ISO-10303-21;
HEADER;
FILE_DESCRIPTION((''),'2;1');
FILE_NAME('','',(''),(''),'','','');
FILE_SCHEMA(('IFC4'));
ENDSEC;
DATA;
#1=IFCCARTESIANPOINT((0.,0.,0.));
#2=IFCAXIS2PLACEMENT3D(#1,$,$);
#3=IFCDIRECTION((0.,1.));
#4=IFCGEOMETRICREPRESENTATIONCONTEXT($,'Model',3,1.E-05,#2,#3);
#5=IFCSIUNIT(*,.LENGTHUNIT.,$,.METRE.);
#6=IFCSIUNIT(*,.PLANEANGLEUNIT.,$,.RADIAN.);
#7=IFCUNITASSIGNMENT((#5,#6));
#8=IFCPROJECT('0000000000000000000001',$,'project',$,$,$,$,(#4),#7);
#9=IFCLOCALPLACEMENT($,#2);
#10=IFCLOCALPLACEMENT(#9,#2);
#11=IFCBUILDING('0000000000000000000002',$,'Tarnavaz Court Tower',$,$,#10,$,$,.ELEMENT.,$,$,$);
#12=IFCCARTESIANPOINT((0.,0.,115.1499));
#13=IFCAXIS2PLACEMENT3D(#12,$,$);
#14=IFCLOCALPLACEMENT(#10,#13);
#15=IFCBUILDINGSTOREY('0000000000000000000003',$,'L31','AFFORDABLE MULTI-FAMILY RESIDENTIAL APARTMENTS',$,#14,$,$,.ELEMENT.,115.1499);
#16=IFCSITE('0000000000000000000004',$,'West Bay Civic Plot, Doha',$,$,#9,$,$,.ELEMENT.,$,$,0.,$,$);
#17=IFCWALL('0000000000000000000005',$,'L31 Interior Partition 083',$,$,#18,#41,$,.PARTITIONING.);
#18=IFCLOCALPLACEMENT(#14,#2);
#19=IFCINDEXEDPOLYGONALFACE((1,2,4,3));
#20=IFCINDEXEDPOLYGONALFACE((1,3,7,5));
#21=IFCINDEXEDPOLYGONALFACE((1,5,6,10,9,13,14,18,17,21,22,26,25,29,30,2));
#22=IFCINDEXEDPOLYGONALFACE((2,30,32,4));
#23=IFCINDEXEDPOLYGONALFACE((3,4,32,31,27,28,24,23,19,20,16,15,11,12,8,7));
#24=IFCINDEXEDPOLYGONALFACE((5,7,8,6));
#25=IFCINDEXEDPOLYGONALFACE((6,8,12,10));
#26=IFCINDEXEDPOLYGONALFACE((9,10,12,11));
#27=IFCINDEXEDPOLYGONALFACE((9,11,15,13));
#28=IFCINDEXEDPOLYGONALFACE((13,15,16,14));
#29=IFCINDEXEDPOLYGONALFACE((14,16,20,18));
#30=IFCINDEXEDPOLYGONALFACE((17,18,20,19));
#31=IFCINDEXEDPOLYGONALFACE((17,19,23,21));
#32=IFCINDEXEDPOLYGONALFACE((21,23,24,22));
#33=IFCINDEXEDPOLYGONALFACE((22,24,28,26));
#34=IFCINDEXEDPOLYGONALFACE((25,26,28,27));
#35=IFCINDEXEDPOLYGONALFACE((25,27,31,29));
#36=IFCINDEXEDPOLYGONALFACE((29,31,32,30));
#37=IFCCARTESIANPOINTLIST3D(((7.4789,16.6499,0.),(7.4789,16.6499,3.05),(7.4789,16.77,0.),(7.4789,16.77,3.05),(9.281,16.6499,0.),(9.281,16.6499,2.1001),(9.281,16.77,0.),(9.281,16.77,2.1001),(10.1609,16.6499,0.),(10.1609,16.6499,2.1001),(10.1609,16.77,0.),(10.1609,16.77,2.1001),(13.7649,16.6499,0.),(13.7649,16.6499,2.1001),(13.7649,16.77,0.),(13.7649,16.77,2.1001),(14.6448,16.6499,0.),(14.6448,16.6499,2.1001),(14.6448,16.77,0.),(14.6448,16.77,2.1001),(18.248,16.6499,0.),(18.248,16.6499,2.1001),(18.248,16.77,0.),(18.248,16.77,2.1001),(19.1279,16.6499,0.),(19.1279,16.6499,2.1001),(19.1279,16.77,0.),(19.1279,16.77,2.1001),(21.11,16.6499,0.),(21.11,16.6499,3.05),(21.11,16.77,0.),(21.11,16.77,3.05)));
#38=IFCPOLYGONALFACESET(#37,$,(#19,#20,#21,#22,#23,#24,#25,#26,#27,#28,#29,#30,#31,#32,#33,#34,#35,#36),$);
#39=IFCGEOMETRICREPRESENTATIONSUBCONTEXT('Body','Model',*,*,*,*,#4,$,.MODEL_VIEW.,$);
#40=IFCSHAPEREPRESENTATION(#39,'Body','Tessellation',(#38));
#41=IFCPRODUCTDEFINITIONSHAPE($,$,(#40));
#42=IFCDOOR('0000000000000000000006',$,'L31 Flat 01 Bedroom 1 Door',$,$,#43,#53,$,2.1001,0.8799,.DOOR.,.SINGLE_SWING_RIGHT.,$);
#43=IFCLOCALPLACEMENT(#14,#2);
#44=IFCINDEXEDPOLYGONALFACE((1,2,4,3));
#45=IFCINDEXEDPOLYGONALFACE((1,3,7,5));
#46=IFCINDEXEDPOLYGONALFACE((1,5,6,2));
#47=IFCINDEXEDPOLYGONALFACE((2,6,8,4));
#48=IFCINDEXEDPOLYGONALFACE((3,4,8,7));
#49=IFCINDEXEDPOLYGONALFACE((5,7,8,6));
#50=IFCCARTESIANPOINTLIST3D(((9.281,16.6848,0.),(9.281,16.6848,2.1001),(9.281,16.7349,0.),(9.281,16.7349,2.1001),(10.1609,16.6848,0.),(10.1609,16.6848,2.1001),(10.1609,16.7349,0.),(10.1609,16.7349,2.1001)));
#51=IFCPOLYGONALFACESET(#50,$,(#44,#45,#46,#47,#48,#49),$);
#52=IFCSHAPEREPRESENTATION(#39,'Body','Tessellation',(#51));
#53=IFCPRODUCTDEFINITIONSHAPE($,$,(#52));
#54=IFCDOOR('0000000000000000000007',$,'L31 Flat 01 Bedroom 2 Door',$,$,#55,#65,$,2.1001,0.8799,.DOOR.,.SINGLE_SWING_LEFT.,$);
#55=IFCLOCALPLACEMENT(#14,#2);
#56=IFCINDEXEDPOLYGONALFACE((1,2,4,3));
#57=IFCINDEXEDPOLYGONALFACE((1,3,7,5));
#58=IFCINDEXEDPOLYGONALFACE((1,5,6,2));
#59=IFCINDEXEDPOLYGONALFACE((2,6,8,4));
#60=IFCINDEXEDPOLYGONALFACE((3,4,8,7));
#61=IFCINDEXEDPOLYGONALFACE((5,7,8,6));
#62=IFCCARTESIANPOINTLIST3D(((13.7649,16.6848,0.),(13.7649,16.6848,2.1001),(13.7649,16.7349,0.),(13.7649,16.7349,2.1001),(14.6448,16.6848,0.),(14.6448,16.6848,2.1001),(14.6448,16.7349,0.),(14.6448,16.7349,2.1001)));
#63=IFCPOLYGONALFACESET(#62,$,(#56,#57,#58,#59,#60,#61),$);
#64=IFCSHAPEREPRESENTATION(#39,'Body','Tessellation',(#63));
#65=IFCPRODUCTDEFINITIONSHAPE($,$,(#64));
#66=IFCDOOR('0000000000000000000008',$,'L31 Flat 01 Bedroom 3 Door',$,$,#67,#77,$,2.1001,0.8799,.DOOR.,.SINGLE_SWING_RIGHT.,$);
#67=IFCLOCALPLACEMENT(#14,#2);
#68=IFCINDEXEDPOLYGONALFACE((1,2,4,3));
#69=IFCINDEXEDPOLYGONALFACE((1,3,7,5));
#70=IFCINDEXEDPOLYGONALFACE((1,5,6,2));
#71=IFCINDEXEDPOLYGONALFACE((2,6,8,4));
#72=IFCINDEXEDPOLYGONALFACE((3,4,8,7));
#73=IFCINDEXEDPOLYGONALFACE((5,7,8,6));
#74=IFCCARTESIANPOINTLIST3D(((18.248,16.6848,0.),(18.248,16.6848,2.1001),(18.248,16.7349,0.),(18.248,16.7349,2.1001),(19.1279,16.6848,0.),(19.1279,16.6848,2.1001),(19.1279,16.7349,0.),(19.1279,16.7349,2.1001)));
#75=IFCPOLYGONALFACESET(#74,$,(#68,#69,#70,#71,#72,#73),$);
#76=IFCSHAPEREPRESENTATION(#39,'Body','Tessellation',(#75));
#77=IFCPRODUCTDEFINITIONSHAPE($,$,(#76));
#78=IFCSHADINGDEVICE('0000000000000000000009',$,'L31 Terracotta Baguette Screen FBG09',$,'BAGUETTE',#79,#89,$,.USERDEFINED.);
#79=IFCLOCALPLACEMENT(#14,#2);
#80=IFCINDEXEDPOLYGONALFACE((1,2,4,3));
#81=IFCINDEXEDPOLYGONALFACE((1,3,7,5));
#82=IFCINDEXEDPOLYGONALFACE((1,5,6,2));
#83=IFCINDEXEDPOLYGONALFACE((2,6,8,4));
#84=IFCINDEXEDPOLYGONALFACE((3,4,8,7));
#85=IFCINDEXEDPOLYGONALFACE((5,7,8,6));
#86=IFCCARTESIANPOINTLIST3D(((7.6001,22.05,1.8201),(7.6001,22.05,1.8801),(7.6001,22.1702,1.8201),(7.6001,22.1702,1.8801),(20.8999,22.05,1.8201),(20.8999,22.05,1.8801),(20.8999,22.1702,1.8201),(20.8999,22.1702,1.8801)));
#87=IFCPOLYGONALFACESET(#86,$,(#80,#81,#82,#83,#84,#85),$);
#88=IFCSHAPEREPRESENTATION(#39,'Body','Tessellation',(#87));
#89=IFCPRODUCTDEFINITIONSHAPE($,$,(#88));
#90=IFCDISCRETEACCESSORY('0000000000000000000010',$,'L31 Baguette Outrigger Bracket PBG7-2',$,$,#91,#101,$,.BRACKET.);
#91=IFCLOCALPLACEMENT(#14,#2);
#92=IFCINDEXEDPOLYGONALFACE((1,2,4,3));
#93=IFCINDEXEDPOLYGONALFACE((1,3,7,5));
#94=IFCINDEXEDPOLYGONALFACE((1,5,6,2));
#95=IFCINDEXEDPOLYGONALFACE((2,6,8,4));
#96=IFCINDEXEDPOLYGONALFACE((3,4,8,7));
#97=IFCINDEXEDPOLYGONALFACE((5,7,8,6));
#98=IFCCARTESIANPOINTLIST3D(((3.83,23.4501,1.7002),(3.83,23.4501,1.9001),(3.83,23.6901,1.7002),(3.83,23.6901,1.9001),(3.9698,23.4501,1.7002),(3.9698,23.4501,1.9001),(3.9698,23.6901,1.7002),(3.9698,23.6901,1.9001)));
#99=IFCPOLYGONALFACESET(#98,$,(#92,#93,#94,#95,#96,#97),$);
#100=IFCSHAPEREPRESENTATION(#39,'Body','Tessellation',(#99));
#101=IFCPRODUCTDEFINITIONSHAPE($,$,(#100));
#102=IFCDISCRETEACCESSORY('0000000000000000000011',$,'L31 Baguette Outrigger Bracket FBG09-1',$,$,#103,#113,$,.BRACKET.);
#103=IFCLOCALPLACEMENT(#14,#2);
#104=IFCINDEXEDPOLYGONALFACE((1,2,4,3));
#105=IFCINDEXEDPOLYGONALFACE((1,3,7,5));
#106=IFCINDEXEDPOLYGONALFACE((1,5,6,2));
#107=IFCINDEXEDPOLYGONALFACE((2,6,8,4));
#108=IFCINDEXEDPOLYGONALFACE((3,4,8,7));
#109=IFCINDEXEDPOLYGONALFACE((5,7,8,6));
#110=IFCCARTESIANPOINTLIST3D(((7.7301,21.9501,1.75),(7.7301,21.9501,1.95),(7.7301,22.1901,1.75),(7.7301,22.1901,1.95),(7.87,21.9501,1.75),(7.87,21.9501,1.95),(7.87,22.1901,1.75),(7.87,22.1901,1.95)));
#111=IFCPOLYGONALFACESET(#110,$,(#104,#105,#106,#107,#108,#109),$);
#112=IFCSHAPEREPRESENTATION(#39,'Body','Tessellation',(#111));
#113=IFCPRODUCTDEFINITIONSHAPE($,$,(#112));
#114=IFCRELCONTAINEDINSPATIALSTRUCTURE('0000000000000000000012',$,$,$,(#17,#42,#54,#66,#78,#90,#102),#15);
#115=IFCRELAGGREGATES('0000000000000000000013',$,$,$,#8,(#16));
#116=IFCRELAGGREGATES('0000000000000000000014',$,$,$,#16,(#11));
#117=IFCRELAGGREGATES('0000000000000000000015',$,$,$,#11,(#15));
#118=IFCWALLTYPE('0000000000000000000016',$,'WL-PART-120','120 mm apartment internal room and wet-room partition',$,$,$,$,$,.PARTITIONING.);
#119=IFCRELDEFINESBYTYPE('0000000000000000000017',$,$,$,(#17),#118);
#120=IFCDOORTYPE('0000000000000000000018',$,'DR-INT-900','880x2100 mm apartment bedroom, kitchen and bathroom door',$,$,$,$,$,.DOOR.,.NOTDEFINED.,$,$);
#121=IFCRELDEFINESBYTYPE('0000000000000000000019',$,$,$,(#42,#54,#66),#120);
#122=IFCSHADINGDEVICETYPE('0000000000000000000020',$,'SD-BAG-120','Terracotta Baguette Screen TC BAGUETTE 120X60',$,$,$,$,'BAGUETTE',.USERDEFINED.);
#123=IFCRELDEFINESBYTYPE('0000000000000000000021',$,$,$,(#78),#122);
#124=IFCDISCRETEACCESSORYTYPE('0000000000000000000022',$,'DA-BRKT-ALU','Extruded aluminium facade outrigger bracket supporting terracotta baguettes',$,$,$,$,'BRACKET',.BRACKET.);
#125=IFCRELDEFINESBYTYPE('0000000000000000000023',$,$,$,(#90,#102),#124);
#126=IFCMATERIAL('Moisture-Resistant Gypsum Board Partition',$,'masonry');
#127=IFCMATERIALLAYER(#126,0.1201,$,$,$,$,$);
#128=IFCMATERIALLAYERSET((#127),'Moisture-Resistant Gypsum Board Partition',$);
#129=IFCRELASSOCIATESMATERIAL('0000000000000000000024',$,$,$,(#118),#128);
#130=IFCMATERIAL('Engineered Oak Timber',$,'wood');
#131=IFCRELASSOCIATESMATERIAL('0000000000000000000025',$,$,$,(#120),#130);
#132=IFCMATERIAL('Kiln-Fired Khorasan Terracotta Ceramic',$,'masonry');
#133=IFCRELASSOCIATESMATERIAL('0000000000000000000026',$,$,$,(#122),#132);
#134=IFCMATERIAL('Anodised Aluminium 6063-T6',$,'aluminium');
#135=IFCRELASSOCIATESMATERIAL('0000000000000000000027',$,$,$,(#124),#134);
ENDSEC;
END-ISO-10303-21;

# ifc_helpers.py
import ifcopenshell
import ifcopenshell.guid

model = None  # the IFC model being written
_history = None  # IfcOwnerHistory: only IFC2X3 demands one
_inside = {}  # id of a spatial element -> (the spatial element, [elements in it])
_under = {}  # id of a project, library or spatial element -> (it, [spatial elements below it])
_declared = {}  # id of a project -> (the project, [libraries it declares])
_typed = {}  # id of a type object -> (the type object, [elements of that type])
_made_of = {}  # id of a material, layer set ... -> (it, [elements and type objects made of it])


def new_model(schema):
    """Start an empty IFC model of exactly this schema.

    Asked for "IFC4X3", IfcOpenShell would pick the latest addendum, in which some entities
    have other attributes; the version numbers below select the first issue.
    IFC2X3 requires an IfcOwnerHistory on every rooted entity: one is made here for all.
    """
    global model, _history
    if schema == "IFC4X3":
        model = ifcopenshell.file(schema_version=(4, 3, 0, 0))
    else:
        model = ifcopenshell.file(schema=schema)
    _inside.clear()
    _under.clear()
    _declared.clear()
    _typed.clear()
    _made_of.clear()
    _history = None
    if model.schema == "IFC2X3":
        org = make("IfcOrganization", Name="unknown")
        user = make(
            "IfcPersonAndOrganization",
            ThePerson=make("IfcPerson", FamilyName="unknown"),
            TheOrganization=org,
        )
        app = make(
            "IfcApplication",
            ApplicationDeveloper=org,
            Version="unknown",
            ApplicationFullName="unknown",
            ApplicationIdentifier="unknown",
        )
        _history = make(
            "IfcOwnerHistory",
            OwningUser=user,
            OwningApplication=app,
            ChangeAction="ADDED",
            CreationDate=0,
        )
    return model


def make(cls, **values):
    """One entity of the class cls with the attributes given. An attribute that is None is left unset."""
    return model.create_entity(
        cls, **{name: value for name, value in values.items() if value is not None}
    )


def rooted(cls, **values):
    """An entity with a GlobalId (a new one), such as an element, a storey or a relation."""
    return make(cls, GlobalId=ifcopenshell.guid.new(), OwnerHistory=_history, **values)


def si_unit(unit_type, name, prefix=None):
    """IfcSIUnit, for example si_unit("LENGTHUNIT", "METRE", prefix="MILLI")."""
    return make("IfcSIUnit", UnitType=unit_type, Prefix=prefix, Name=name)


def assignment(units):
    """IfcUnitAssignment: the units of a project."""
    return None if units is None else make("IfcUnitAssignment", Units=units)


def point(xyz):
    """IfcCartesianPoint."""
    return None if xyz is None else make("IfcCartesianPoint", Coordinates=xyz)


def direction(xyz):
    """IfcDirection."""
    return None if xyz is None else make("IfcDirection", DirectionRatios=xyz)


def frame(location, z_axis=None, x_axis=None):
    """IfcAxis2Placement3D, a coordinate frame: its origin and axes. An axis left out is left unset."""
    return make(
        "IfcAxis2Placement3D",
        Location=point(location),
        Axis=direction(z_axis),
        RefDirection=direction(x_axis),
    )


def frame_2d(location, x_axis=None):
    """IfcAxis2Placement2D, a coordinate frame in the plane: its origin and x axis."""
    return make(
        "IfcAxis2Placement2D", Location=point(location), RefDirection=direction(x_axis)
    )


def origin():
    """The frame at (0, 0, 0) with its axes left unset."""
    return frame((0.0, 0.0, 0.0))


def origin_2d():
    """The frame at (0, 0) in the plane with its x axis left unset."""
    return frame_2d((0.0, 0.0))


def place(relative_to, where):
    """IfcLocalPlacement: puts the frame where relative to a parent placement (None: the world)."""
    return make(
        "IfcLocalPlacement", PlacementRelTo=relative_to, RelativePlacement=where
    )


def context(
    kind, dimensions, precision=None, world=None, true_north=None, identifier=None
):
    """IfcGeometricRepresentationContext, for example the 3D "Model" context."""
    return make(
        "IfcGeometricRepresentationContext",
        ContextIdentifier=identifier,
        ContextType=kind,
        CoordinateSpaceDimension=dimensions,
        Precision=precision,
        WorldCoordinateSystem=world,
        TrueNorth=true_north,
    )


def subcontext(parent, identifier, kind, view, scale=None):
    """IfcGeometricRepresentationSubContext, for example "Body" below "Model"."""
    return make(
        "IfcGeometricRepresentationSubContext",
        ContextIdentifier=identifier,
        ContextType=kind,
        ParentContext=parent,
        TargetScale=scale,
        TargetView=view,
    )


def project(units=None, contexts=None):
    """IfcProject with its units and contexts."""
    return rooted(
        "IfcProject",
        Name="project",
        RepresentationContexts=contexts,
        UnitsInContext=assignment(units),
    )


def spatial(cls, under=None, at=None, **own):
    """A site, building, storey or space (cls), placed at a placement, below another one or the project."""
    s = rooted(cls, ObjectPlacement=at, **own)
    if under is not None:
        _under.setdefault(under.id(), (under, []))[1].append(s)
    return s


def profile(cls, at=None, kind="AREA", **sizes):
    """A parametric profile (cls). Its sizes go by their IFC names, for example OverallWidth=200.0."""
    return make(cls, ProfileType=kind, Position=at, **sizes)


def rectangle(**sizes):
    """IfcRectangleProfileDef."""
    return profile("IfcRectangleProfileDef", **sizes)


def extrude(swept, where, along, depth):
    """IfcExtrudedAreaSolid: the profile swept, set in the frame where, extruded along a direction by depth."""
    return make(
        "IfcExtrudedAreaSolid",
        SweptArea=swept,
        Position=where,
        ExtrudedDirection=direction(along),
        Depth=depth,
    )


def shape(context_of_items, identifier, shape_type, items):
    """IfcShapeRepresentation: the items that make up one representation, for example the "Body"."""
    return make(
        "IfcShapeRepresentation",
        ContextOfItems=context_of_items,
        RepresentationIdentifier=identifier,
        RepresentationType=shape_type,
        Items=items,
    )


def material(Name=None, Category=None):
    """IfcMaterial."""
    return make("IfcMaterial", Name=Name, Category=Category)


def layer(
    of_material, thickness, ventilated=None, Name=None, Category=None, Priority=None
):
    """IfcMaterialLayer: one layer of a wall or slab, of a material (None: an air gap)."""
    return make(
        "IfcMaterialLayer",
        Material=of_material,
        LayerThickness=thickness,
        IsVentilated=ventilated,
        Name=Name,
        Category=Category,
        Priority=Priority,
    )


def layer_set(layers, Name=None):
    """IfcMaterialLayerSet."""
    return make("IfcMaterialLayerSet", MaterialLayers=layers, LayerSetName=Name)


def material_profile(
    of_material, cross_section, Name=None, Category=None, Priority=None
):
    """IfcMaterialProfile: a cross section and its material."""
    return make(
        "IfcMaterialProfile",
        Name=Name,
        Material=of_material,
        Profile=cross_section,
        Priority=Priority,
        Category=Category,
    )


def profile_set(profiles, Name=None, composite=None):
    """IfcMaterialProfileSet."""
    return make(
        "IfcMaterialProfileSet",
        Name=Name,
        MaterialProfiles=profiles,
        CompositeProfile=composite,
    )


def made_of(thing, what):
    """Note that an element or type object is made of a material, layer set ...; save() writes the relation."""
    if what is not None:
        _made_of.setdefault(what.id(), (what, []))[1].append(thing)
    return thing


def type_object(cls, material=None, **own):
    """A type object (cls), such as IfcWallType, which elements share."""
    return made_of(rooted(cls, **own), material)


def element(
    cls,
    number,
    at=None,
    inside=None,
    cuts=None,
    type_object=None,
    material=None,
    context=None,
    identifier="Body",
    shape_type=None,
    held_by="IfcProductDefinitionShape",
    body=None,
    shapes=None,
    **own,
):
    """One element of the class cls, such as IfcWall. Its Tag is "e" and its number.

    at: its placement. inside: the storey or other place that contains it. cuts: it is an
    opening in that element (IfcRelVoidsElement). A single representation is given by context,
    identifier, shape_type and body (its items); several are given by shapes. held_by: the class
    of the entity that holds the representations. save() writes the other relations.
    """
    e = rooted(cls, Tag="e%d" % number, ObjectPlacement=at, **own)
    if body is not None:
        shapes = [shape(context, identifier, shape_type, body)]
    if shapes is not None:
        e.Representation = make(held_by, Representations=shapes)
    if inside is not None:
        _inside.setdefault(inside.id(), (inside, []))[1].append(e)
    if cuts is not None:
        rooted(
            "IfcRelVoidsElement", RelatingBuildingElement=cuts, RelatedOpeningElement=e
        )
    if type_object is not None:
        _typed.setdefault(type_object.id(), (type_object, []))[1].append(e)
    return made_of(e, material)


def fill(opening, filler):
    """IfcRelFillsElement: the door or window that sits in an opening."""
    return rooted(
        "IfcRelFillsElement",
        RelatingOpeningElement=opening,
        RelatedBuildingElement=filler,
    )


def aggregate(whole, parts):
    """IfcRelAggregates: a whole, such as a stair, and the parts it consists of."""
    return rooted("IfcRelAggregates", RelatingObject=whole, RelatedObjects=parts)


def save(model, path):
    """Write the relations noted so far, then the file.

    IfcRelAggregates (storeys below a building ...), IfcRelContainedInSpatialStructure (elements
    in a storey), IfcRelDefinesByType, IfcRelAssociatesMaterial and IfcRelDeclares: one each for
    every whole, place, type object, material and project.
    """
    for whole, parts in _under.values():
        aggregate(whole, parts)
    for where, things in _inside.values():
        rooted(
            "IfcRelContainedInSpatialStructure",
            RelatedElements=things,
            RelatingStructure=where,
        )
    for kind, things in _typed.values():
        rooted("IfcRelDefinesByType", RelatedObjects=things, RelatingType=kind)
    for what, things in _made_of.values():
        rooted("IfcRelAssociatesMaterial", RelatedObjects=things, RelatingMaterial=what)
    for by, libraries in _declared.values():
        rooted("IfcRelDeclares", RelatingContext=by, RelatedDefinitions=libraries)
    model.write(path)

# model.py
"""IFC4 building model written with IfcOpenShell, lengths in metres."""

from ifc_helpers import new_model, si_unit, direction, frame, frame_2d, origin, origin_2d, place, context, subcontext, project, spatial, rectangle, extrude, material, layer, layer_set, material_profile, profile_set, type_object, element, fill, save


model = new_model("IFC4")

# Units and contexts
model_context = context("Model", 3, precision=1e-05, world=origin(), true_north=direction((0.0, 1.0)))
body_context = subcontext(model_context, "Body", "Model", "MODEL_VIEW")
ifc_project = project(units=[si_unit("LENGTHUNIT", "METRE"), si_unit("PLANEANGLEUNIT", "RADIAN")], contexts=[model_context])

# Site, building, storey
site_placement = place(None, origin())
site = spatial("IfcSite", under=ifc_project, at=site_placement, Name="West Bay Civic Plot, Doha", CompositionType="ELEMENT", RefElevation=0.0)
building_placement = place(site_placement, origin())
building = spatial("IfcBuilding", under=site, at=building_placement, Name="Tarnavaz Court Tower", CompositionType="ELEMENT")
storey_placement = place(building_placement, frame((0.0, 0.0, 115.1499)))
storey = spatial("IfcBuildingStorey", under=building, at=storey_placement, Name="L31", Description="AFFORDABLE MULTI-FAMILY RESIDENTIAL APARTMENTS", CompositionType="ELEMENT", Elevation=115.1499)

# Shared definitions
ifc_material_1 = material(Name="Anodised Aluminium 6063-T6", Category="aluminium")

# Shared definitions
ifc_material_2 = material(Name="Moisture-Resistant Gypsum Board Partition", Category="masonry")
ifc_layer_1 = layer(ifc_material_2, 0.1201)
ifc_layer_set_1 = layer_set([ifc_layer_1], Name="Moisture-Resistant Gypsum Board Partition")
wall_type_1 = type_object("IfcWallType", Name="WL-PART-120", Description="120 mm apartment internal room and wet-room partition", PredefinedType="PARTITIONING", material=ifc_layer_set_1)
ifc_material_3 = material(Name="Engineered Oak Timber", Category="wood")
door_type_1 = type_object("IfcDoorType", Name="DR-INT-900", Description="880x2100 mm apartment bedroom, kitchen and bathroom door", OperationType="NOTDEFINED", PredefinedType="DOOR", material=ifc_material_3)

# Wall, openings, doors
wall_1_placement = place(storey_placement, frame((7.479, 16.71, 0.0), z_axis=(0.0, 0.0, 1.0), x_axis=(1.0, 0.0, 0.0)))
wall_1 = element("IfcWall", 1, at=wall_1_placement, inside=storey, type_object=wall_type_1, Name="L31 Interior Partition 083", PredefinedType="PARTITIONING", context=body_context, shape_type="SweptSolid", body=[
    extrude(rectangle(XDim=13.6311, YDim=0.1201, at=frame_2d((6.8154, 0.0))), origin(), (0.0, 0.0, 1.0), 3.05),
])
opening_1_placement = place(wall_1_placement, frame((1.802, 0.0, 0.0)))
opening_1 = element("IfcOpeningElement", 2, at=opening_1_placement, cuts=wall_1, PredefinedType="OPENING", context=body_context, shape_type="SweptSolid", body=[
    extrude(rectangle(XDim=0.8799, YDim=2.1001, at=frame_2d((0.4399, 1.05))), frame((0.0, 0.0701, 0.0), z_axis=(0.0, -1.0, 0.0), x_axis=(1.0, 0.0, 0.0)), (0.0, 0.0, 1.0), 0.1401),
])
opening_2_placement = place(wall_1_placement, frame((6.2859, 0.0, 0.0)))
opening_2 = element("IfcOpeningElement", 3, at=opening_2_placement, cuts=wall_1, PredefinedType="OPENING", context=body_context, shape_type="SweptSolid", body=[
    extrude(rectangle(XDim=0.8799, YDim=2.1001, at=frame_2d((0.4399, 1.05))), frame((0.0, 0.0701, 0.0), z_axis=(0.0, -1.0, 0.0), x_axis=(1.0, 0.0, 0.0)), (0.0, 0.0, 1.0), 0.1401),
])
opening_3_placement = place(wall_1_placement, frame((10.769, 0.0, 0.0)))
opening_3 = element("IfcOpeningElement", 4, at=opening_3_placement, cuts=wall_1, PredefinedType="OPENING", context=body_context, shape_type="SweptSolid", body=[
    extrude(rectangle(XDim=0.8799, YDim=2.1001, at=frame_2d((0.4399, 1.05))), frame((0.0, 0.0701, 0.0), z_axis=(0.0, -1.0, 0.0), x_axis=(1.0, 0.0, 0.0)), (0.0, 0.0, 1.0), 0.1401),
])
door_1_placement = place(opening_1_placement, origin())
door_1 = element("IfcDoor", 5, at=door_1_placement, inside=storey, type_object=door_type_1, Name="L31 Flat 01 Bedroom 1 Door", OperationType="SINGLE_SWING_RIGHT", OverallHeight=2.1001, OverallWidth=0.8799, PredefinedType="DOOR", context=body_context, shape_type="SweptSolid", body=[
    extrude(rectangle(XDim=0.8799, YDim=2.1001, at=frame_2d((0.4399, 1.05))), frame((0.0, 0.0249, 0.0), z_axis=(0.0, -1.0, 0.0), x_axis=(1.0, 0.0, 0.0)), (0.0, 0.0, 1.0), 0.05),
])
fill(opening_1, door_1)
door_2_placement = place(opening_2_placement, origin())
door_2 = element("IfcDoor", 6, at=door_2_placement, inside=storey, type_object=door_type_1, Name="L31 Flat 01 Bedroom 2 Door", OperationType="SINGLE_SWING_LEFT", OverallHeight=2.1001, OverallWidth=0.8799, PredefinedType="DOOR", context=body_context, shape_type="SweptSolid", body=[
    extrude(rectangle(XDim=0.8799, YDim=2.1001, at=frame_2d((0.4399, 1.05))), frame((0.0, 0.0249, 0.0), z_axis=(0.0, -1.0, 0.0), x_axis=(1.0, 0.0, 0.0)), (0.0, 0.0, 1.0), 0.05),
])
fill(opening_2, door_2)
door_3_placement = place(opening_3_placement, origin())
door_3 = element("IfcDoor", 7, at=door_3_placement, inside=storey, type_object=door_type_1, Name="L31 Flat 01 Bedroom 3 Door", OperationType="SINGLE_SWING_RIGHT", OverallHeight=2.1001, OverallWidth=0.8799, PredefinedType="DOOR", context=body_context, shape_type="SweptSolid", body=[
    extrude(rectangle(XDim=0.8799, YDim=2.1001, at=frame_2d((0.4399, 1.05))), frame((0.0, 0.0249, 0.0), z_axis=(0.0, -1.0, 0.0), x_axis=(1.0, 0.0, 0.0)), (0.0, 0.0, 1.0), 0.05),
])
fill(opening_3, door_3)

# Shading device
ifc_material_4 = material(Name="Kiln-Fired Khorasan Terracotta Ceramic", Category="masonry")
ifc_material_profile_1 = material_profile(ifc_material_4, rectangle(XDim=0.1201, YDim=0.0601, at=origin_2d()), Name="TC BAGUETTE 120X60")
ifc_profile_set_1 = profile_set([ifc_material_profile_1], Name="Kiln-Fired Khorasan Terracotta Ceramic")
shading_device_type = type_object("IfcShadingDeviceType", Name="SD-BAG-120", Description="Terracotta Baguette Screen TC BAGUETTE 120X60", ElementType="BAGUETTE", PredefinedType="USERDEFINED", material=ifc_profile_set_1)
shading_device_placement = place(storey_placement, frame((7.6001, 22.1101, 1.8501), z_axis=(1.0, 0.0, 0.0), x_axis=(0.0, 1.0, 0.0)))
element("IfcShadingDevice", 8, at=shading_device_placement, inside=storey, type_object=shading_device_type, Name="L31 Terracotta Baguette Screen FBG09", ObjectType="BAGUETTE", PredefinedType="USERDEFINED", context=body_context, shape_type="SweptSolid", body=[
    extrude(rectangle(XDim=0.1201, YDim=0.0601, at=origin_2d()), origin(), (0.0, 0.0, 1.0), 13.2998),
])

# Discrete accessories
discrete_accessory_type = type_object("IfcDiscreteAccessoryType", Name="DA-BRKT-ALU", Description="Extruded aluminium facade outrigger bracket supporting terracotta baguettes", ElementType="BRACKET", PredefinedType="BRACKET", material=ifc_material_1)
for number, where, z_axis, x_axis, name in (
    (9, (3.8999, 23.5701, 1.7002), (0.0, 0.0, 1.0), (1.0, 0.0, 0.0), "L31 Baguette Outrigger Bracket PBG7-2"),
    (10, (7.8, 22.0701, 1.75), (0.0, 0.0, 1.0), (1.0, 0.0, 0.0), "L31 Baguette Outrigger Bracket FBG09-1"),
):
    element("IfcDiscreteAccessory", number, at=place(storey_placement, frame(where, z_axis=z_axis, x_axis=x_axis)), inside=storey, type_object=discrete_accessory_type, Name=name, PredefinedType="BRACKET", context=body_context, shape_type="SweptSolid", body=[
        extrude(rectangle(XDim=0.1399, YDim=0.24, at=origin_2d()), origin(), (0.0, 0.0, 1.0), 0.2),
    ])

save(model, "model.ifc")
